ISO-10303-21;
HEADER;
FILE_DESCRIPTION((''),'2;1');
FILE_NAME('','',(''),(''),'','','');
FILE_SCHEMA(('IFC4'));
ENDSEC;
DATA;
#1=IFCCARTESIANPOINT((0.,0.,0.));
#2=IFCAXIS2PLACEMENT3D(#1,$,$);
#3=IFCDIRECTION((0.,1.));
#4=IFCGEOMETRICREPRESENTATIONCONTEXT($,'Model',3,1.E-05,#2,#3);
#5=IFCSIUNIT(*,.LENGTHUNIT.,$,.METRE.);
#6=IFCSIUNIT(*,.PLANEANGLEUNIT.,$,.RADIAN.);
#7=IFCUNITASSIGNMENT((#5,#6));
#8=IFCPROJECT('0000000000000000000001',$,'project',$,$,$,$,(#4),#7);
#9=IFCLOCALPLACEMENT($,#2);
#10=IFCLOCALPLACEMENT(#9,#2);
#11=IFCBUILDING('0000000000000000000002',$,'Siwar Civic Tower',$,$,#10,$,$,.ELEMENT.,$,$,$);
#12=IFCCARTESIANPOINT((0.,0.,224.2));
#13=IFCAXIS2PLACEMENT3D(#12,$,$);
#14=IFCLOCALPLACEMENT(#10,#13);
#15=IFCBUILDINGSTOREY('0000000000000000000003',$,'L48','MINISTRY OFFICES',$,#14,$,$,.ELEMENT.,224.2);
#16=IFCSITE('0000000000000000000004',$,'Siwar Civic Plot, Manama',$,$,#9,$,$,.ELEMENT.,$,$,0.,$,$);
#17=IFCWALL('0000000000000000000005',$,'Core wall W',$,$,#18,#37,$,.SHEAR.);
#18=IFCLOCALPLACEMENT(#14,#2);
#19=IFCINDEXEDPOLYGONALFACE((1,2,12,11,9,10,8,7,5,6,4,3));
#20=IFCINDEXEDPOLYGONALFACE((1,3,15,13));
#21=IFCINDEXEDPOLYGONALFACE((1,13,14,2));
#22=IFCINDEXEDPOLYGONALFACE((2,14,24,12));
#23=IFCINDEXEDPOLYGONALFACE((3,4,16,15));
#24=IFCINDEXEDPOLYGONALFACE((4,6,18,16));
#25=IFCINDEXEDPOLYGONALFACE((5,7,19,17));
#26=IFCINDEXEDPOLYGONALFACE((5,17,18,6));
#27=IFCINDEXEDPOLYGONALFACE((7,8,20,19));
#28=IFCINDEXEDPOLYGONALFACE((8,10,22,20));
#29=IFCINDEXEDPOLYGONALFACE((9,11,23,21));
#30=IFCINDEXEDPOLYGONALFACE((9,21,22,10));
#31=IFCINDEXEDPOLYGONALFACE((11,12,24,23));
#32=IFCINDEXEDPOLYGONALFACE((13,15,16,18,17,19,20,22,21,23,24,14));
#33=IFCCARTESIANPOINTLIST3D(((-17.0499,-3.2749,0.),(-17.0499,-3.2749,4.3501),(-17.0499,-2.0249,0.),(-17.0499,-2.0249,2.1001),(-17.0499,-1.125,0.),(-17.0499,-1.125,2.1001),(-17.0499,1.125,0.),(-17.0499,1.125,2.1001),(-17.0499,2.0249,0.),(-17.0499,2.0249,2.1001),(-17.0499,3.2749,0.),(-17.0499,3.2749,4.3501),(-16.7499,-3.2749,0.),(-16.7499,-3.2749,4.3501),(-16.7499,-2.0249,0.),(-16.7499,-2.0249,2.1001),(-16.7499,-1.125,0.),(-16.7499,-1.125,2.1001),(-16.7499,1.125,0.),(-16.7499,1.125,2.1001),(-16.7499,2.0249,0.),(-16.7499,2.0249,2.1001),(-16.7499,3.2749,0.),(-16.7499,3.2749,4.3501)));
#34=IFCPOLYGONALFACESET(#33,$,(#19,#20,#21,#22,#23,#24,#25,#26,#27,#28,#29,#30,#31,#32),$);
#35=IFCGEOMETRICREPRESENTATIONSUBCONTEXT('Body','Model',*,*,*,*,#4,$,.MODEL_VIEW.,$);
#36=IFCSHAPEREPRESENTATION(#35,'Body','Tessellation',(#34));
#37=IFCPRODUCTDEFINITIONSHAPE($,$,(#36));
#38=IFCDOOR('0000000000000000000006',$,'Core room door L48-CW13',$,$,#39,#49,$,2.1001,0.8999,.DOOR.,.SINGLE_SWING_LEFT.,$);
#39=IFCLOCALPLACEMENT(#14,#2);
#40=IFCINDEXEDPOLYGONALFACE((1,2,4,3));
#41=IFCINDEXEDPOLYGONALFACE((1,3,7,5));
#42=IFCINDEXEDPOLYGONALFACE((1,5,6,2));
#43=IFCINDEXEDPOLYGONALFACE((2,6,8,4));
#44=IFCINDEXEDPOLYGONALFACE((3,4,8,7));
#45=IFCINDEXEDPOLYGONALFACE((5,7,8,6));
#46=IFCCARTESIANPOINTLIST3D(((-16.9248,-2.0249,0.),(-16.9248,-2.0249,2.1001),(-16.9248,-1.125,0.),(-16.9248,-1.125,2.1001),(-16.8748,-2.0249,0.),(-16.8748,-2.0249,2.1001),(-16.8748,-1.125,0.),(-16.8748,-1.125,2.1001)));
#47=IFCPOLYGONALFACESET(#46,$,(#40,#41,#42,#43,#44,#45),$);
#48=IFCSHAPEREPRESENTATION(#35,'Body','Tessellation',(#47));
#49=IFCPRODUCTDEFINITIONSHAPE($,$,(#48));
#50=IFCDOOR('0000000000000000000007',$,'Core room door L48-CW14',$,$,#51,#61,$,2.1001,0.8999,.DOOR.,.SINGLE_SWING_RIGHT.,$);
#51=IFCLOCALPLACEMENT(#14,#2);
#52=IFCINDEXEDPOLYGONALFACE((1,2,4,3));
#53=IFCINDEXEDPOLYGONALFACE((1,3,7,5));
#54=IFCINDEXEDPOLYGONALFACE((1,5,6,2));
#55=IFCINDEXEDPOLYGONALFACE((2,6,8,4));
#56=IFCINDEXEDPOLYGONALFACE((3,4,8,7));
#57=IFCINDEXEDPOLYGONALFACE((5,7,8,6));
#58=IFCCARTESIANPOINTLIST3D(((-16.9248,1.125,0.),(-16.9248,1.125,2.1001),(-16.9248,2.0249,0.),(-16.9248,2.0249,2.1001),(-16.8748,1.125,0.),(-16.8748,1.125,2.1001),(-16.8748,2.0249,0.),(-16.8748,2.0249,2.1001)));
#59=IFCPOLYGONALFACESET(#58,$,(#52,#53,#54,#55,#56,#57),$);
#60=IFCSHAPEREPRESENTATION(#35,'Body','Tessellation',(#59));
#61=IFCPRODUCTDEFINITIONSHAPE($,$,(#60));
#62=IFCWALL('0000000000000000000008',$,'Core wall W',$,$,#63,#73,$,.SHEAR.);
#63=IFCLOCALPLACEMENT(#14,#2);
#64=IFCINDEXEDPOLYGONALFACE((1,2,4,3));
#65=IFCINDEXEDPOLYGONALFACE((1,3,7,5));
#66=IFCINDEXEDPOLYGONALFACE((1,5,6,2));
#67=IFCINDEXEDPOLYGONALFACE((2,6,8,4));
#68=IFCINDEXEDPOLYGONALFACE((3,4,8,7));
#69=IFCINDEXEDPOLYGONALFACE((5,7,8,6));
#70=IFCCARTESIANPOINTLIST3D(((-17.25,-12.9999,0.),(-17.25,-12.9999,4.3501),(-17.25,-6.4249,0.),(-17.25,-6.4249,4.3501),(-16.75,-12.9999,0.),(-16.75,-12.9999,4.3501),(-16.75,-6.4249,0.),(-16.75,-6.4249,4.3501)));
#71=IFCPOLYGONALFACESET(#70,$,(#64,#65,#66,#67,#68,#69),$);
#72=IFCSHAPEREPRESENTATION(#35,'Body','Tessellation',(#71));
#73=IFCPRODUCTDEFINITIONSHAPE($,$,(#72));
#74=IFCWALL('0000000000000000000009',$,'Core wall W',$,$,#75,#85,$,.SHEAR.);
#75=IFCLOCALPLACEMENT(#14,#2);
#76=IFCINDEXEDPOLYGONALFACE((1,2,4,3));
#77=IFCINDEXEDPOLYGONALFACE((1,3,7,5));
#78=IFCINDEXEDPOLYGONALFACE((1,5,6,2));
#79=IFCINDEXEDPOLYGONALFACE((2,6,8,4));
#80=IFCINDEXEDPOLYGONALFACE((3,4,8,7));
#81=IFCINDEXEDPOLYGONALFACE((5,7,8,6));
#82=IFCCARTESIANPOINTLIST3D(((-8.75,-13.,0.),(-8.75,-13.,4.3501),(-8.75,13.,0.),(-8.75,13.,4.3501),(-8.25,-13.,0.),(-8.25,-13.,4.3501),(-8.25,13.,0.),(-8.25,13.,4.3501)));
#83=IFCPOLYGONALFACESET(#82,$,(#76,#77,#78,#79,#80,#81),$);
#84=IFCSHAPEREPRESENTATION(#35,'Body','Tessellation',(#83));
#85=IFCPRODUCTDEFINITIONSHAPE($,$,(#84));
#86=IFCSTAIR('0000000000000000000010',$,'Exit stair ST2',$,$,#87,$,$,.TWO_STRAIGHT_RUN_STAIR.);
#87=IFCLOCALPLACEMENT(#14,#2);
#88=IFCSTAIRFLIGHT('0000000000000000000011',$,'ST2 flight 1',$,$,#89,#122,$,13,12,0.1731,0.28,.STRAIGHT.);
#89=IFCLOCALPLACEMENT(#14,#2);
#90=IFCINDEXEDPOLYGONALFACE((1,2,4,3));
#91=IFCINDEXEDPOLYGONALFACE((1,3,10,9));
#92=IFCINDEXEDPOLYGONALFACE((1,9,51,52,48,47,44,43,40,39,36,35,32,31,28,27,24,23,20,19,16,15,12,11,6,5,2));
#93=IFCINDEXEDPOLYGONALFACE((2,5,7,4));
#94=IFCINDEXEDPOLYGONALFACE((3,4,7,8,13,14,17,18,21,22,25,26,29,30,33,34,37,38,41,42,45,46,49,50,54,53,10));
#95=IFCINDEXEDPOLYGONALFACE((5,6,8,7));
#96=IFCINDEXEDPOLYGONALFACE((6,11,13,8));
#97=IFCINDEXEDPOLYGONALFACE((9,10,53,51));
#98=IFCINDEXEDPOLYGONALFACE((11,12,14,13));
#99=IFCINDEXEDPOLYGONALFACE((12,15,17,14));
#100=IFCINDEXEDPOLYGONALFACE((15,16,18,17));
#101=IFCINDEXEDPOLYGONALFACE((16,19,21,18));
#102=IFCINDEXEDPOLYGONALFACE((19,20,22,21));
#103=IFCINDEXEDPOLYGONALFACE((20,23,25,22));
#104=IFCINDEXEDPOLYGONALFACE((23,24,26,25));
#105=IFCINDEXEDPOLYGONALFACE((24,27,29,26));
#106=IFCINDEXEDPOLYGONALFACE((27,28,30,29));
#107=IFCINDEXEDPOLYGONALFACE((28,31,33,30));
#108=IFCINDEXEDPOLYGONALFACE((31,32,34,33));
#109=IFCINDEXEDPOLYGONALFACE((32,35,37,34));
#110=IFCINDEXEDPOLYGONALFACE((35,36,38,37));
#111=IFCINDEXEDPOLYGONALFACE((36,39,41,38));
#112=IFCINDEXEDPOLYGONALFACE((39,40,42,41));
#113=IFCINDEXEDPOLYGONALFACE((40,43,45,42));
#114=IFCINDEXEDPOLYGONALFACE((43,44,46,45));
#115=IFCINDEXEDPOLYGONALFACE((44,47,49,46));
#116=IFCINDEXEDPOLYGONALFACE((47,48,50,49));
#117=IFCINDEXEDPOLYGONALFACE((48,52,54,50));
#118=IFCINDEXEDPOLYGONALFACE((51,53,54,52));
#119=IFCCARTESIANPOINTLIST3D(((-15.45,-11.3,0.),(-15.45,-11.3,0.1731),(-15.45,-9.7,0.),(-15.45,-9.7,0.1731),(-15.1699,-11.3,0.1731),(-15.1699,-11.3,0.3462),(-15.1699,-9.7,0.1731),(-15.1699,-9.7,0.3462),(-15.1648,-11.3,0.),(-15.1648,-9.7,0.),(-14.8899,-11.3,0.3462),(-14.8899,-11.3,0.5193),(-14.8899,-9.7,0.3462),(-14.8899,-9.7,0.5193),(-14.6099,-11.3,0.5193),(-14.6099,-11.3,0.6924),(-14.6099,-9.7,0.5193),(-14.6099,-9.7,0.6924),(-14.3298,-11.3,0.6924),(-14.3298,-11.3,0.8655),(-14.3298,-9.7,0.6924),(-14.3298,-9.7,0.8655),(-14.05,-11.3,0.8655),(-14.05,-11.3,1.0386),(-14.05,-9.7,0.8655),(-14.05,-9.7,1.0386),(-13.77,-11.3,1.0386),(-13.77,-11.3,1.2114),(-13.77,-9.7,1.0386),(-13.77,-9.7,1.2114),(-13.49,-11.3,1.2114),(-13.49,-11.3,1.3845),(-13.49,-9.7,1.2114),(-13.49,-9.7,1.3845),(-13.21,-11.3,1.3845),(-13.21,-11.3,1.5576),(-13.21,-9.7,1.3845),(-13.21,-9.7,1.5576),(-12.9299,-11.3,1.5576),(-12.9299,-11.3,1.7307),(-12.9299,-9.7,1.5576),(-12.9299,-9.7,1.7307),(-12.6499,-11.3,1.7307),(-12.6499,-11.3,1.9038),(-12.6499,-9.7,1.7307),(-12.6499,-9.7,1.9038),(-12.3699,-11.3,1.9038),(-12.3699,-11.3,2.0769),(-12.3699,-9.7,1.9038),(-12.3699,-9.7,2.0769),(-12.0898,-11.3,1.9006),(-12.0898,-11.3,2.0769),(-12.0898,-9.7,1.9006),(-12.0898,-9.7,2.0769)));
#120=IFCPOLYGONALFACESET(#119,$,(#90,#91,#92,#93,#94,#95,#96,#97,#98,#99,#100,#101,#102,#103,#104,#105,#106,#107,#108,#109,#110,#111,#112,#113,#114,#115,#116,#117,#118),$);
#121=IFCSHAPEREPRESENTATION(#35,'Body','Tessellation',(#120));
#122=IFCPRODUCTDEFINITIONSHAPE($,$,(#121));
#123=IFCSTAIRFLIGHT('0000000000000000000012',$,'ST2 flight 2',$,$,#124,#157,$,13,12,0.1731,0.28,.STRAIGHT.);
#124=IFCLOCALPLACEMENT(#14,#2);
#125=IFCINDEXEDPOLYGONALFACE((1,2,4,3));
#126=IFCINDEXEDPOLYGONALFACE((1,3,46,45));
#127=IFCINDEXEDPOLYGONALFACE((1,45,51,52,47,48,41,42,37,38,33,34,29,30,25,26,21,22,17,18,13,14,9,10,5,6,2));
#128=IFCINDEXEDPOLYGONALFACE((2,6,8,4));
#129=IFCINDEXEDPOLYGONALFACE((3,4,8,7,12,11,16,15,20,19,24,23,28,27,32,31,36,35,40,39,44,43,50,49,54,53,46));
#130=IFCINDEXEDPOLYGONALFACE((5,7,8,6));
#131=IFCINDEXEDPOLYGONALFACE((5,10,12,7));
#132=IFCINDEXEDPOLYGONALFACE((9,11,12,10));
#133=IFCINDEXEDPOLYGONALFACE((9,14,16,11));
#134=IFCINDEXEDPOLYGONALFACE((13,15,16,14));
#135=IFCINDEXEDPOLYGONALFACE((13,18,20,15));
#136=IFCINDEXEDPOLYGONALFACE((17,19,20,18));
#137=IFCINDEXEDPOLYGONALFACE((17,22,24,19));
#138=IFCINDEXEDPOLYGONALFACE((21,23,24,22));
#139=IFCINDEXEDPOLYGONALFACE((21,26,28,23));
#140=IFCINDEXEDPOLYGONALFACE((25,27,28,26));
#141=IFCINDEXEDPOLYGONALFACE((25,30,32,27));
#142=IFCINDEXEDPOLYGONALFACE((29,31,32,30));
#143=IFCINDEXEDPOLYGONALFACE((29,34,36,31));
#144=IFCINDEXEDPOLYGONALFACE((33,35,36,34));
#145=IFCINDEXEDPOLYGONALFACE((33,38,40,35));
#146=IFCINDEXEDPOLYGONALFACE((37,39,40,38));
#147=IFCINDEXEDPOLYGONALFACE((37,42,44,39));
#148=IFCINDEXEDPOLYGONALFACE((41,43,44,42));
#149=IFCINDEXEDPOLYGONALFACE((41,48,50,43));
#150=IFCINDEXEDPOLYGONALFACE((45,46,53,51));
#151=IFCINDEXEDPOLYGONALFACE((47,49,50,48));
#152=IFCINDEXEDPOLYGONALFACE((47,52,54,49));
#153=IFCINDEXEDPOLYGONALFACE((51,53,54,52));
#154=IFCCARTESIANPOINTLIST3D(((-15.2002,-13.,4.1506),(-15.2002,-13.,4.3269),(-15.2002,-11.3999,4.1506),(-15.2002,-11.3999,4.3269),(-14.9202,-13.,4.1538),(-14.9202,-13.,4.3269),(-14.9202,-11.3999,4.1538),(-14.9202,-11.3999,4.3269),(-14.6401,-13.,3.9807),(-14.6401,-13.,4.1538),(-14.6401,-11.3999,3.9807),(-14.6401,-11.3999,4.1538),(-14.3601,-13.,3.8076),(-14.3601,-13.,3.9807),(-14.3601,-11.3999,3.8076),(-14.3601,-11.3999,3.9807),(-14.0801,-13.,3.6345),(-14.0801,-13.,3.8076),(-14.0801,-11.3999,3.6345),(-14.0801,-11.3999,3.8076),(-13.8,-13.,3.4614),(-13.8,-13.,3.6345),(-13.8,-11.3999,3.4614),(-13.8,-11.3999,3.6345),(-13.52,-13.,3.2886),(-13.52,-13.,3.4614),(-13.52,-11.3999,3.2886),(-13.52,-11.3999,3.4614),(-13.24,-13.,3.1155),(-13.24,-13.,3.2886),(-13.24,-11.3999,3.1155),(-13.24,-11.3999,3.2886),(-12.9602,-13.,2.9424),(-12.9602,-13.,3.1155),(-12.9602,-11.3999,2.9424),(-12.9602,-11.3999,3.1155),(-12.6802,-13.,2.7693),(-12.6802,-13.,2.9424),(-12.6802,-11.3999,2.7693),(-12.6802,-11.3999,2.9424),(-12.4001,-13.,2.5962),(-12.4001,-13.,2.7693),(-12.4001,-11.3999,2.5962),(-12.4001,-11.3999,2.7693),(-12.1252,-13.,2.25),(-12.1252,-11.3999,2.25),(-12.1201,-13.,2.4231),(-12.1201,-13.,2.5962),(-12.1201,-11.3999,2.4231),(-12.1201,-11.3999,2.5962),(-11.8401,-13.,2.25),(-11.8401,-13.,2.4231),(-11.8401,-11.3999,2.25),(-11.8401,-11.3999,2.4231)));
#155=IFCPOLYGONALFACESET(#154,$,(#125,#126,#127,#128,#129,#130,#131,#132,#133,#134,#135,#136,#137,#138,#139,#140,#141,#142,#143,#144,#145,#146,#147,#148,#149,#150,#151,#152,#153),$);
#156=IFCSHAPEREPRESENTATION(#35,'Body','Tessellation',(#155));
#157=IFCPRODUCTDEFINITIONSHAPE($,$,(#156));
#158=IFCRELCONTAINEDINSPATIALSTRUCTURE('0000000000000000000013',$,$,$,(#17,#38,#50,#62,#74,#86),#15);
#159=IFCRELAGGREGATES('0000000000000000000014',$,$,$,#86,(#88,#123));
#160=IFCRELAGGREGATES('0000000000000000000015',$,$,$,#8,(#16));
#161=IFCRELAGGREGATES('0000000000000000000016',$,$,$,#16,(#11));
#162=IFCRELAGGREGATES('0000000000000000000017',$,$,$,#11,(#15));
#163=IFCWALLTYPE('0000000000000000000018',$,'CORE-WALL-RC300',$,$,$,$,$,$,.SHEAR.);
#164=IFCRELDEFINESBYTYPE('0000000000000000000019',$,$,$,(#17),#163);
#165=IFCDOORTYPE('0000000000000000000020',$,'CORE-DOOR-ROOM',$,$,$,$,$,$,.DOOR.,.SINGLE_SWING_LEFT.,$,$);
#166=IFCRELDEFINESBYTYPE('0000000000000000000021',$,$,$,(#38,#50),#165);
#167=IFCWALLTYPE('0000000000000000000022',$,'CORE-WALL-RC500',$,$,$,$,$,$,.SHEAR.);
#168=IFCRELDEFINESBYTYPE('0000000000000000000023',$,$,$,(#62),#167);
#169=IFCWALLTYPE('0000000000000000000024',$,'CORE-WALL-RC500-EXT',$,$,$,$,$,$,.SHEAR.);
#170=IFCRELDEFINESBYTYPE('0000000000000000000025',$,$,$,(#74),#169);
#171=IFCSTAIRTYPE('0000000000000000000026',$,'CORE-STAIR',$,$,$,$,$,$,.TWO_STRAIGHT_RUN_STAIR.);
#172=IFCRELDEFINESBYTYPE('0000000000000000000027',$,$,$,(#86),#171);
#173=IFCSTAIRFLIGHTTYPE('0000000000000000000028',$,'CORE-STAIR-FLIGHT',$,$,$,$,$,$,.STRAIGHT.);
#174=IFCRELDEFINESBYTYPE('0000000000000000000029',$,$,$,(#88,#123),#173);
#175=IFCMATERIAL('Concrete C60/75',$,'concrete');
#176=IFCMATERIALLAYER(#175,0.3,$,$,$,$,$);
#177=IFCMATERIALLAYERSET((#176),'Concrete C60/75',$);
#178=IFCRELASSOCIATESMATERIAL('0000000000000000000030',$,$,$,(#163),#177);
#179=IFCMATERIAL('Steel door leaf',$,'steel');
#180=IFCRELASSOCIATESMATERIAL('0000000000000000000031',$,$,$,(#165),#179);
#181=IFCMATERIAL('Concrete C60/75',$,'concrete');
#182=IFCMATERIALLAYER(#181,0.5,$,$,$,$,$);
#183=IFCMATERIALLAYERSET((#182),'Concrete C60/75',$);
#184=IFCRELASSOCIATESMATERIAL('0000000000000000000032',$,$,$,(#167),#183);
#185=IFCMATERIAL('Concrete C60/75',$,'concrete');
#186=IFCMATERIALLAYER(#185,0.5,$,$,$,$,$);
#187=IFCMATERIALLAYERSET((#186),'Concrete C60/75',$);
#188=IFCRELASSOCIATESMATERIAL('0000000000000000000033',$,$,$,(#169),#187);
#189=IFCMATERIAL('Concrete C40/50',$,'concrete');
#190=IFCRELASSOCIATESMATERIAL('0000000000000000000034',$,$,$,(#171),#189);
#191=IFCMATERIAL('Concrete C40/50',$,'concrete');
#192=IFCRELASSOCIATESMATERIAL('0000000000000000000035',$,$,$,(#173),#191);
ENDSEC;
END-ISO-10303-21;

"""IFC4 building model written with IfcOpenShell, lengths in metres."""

from ifc_helpers import new_model, si_unit, direction, frame, frame_2d, origin, place, context, subcontext, project, spatial, polyline, rectangle, outline, extrude, material, layer, layer_set, type_object, element, fill, aggregate, save


model = new_model("IFC4")

# Units and contexts
model_context = context("Model", 3, precision=1e-05, world=origin(), true_north=direction((0.0, 1.0)))
body_context = subcontext(model_context, "Body", "Model", "MODEL_VIEW")
ifc_project = project(units=[si_unit("LENGTHUNIT", "METRE"), si_unit("PLANEANGLEUNIT", "RADIAN")], contexts=[model_context])

# Site, building, storey
site_placement = place(None, origin())
site = spatial("IfcSite", under=ifc_project, at=site_placement, Name="Siwar Civic Plot, Manama", CompositionType="ELEMENT", RefElevation=0.0)
building_placement = place(site_placement, origin())
building = spatial("IfcBuilding", under=site, at=building_placement, Name="Siwar Civic Tower", CompositionType="ELEMENT")
storey_placement = place(building_placement, frame((0.0, 0.0, 224.2)))
storey = spatial("IfcBuildingStorey", under=building, at=storey_placement, Name="L48", Description="MINISTRY OFFICES", CompositionType="ELEMENT", Elevation=224.2)

# Wall, openings, doors
ifc_material_1 = material(Name="Concrete C60/75", Category="concrete")
ifc_layer_1 = layer(ifc_material_1, 0.3)
ifc_layer_set_1 = layer_set([ifc_layer_1], Name="Concrete C60/75")
wall_type_1 = type_object("IfcWallType", Name="CORE-WALL-RC300", PredefinedType="SHEAR", material=ifc_layer_set_1)
wall_1_placement = place(storey_placement, frame((-16.8999, -3.2749, 0.0), z_axis=(0.0, 0.0, 1.0), x_axis=(0.0, 1.0, 0.0)))
wall_1 = element("IfcWall", 1, at=wall_1_placement, inside=storey, type_object=wall_type_1, Name="Core wall W", PredefinedType="SHEAR", context=body_context, shape_type="SweptSolid", body=[
    extrude(rectangle(XDim=6.5498, YDim=0.3, at=frame_2d((3.2749, 0.0))), origin(), (0.0, 0.0, 1.0), 4.3501),
])
opening_1_placement = place(wall_1_placement, frame((1.25, 0.0, 0.0)))
opening_1 = element("IfcOpeningElement", 2, at=opening_1_placement, cuts=wall_1, PredefinedType="OPENING", context=body_context, shape_type="SweptSolid", body=[
    extrude(rectangle(XDim=0.8999, YDim=2.1001, at=frame_2d((0.45, 1.05))), frame((0.0, 0.1602, 0.0), z_axis=(0.0, -1.0, 0.0), x_axis=(1.0, 0.0, 0.0)), (0.0, 0.0, 1.0), 0.3201),
])
opening_2_placement = place(wall_1_placement, frame((4.3999, 0.0, 0.0)))
opening_2 = element("IfcOpeningElement", 3, at=opening_2_placement, cuts=wall_1, PredefinedType="OPENING", context=body_context, shape_type="SweptSolid", body=[
    extrude(rectangle(XDim=0.8999, YDim=2.1001, at=frame_2d((0.45, 1.05))), frame((0.0, 0.1602, 0.0), z_axis=(0.0, -1.0, 0.0), x_axis=(1.0, 0.0, 0.0)), (0.0, 0.0, 1.0), 0.3201),
])
ifc_material_2 = material(Name="Steel door leaf", Category="steel")
door_type_1 = type_object("IfcDoorType", Name="CORE-DOOR-ROOM", OperationType="SINGLE_SWING_LEFT", PredefinedType="DOOR", material=ifc_material_2)
door_1_placement = place(opening_1_placement, origin())
door_1 = element("IfcDoor", 4, at=door_1_placement, inside=storey, type_object=door_type_1, Name="Core room door L48-CW13", OperationType="SINGLE_SWING_LEFT", OverallHeight=2.1001, OverallWidth=0.8999, PredefinedType="DOOR", context=body_context, shape_type="SweptSolid", body=[
    extrude(rectangle(XDim=0.8999, YDim=2.1001, at=frame_2d((0.45, 1.05))), frame((0.0, 0.0249, 0.0), z_axis=(0.0, -1.0, 0.0), x_axis=(1.0, 0.0, 0.0)), (0.0, 0.0, 1.0), 0.05),
])
fill(opening_1, door_1)
door_2_placement = place(opening_2_placement, origin())
door_2 = element("IfcDoor", 5, at=door_2_placement, inside=storey, type_object=door_type_1, Name="Core room door L48-CW14", OperationType="SINGLE_SWING_RIGHT", OverallHeight=2.1001, OverallWidth=0.8999, PredefinedType="DOOR", context=body_context, shape_type="SweptSolid", body=[
    extrude(rectangle(XDim=0.8999, YDim=2.1001, at=frame_2d((0.45, 1.05))), frame((0.0, 0.0249, 0.0), z_axis=(0.0, -1.0, 0.0), x_axis=(1.0, 0.0, 0.0)), (0.0, 0.0, 1.0), 0.05),
])
fill(opening_2, door_2)

# Walls
ifc_material_3 = material(Name="Concrete C60/75", Category="concrete")
ifc_layer_2 = layer(ifc_material_3, 0.5)
ifc_layer_set_2 = layer_set([ifc_layer_2], Name="Concrete C60/75")
wall_type_2 = type_object("IfcWallType", Name="CORE-WALL-RC500", PredefinedType="SHEAR", material=ifc_layer_set_2)
wall_2_placement = place(storey_placement, frame((-17.0, -13.0, 0.0), z_axis=(0.0, 0.0, 1.0), x_axis=(0.0, 1.0, 0.0)))
element("IfcWall", 6, at=wall_2_placement, inside=storey, type_object=wall_type_2, Name="Core wall W", PredefinedType="SHEAR", context=body_context, shape_type="SweptSolid", body=[
    extrude(rectangle(XDim=6.575, YDim=0.5, at=frame_2d((3.2876, 0.0))), origin(), (0.0, 0.0, 1.0), 4.3501),
])
ifc_material_4 = material(Name="Concrete C60/75", Category="concrete")
ifc_layer_3 = layer(ifc_material_4, 0.5)
ifc_layer_set_3 = layer_set([ifc_layer_3], Name="Concrete C60/75")
wall_type_3 = type_object("IfcWallType", Name="CORE-WALL-RC500-EXT", PredefinedType="SHEAR", material=ifc_layer_set_3)
wall_3_placement = place(storey_placement, frame((-8.5, -13.0, 0.0), z_axis=(0.0, 0.0, 1.0), x_axis=(0.0, 1.0, 0.0)))
element("IfcWall", 7, at=wall_3_placement, inside=storey, type_object=wall_type_3, Name="Core wall W", PredefinedType="SHEAR", context=body_context, shape_type="SweptSolid", body=[
    extrude(rectangle(XDim=26.0, YDim=0.5, at=frame_2d((13.0, 0.0))), origin(), (0.0, 0.0, 1.0), 4.3501),
])

# Stair, stair flights
ifc_material_5 = material(Name="Concrete C40/50", Category="concrete")
stair_type = type_object("IfcStairType", Name="CORE-STAIR", PredefinedType="TWO_STRAIGHT_RUN_STAIR", material=ifc_material_5)
stair_placement = place(storey_placement, origin())
stair = element("IfcStair", 8, at=stair_placement, inside=storey, type_object=stair_type, Name="Exit stair ST2", PredefinedType="TWO_STRAIGHT_RUN_STAIR")
ifc_material_6 = material(Name="Concrete C40/50", Category="concrete")
stair_flight_type = type_object("IfcStairFlightType", Name="CORE-STAIR-FLIGHT", PredefinedType="STRAIGHT", material=ifc_material_6)
stair_flight_1_placement = place(storey_placement, frame((-15.45, -10.5, 0.0), z_axis=(0.0, 0.0, 1.0), x_axis=(1.0, 0.0, 0.0)))
stair_flight_1 = element("IfcStairFlight", 9, at=stair_flight_1_placement, type_object=stair_flight_type, Name="ST2 flight 1", NumberOfRisers=13, NumberOfTreads=12, PredefinedType="STRAIGHT", RiserHeight=0.1731, TreadLength=0.28, context=body_context, shape_type="SweptSolid", body=[
    extrude(outline(polyline([(0.0, 0.0), (0.0, 0.1731), (0.28, 0.1731), (0.28, 0.3462), (0.5601, 0.3462), (0.5601, 0.5193), (0.8401, 0.5193), (0.8401, 0.6924), (1.1201, 0.6924), (1.1201, 0.8655), (1.3999, 0.8655), (1.3999, 1.0386), (1.6799, 1.0386), (1.6799, 1.2114), (1.96, 1.2114), (1.96, 1.3845), (2.24, 1.3845), (2.24, 1.5576), (2.52, 1.5576), (2.52, 1.7307), (2.8, 1.7307), (2.8, 1.9038), (3.0801, 1.9038), (3.0801, 2.0769), (3.3601, 2.0769), (3.3601, 2.25), (3.3601, 1.9006), (0.2852, 0.0), (0.0, 0.0)])), frame((0.0, 0.8, 0.0), z_axis=(0.0, -1.0, 0.0), x_axis=(1.0, 0.0, 0.0)), (0.0, 0.0, 1.0), 1.6001),
])
stair_flight_2_placement = place(storey_placement, frame((-11.8401, -12.2, 2.25), z_axis=(0.0, 0.0, 1.0), x_axis=(-1.0, 0.0, 0.0)))
stair_flight_2 = element("IfcStairFlight", 10, at=stair_flight_2_placement, type_object=stair_flight_type, Name="ST2 flight 2", NumberOfRisers=13, NumberOfTreads=12, PredefinedType="STRAIGHT", RiserHeight=0.1731, TreadLength=0.28, context=body_context, shape_type="SweptSolid", body=[
    extrude(outline(polyline([(0.0, 0.0), (0.0, 0.1731), (0.28, 0.1731), (0.28, 0.3462), (0.5601, 0.3462), (0.5601, 0.5193), (0.8401, 0.5193), (0.8401, 0.6924), (1.1201, 0.6924), (1.1201, 0.8655), (1.3999, 0.8655), (1.3999, 1.0386), (1.6799, 1.0386), (1.6799, 1.2114), (1.96, 1.2114), (1.96, 1.3845), (2.24, 1.3845), (2.24, 1.5576), (2.52, 1.5576), (2.52, 1.7307), (2.8, 1.7307), (2.8, 1.9038), (3.0801, 1.9038), (3.0801, 2.0769), (3.3601, 2.0769), (3.3601, 2.25), (3.3601, 1.9006), (0.2852, 0.0), (0.0, 0.0)])), frame((0.0, 0.8, 0.0), z_axis=(0.0, -1.0, 0.0), x_axis=(1.0, 0.0, 0.0)), (0.0, 0.0, 1.0), 1.6001),
])
aggregate(stair, [stair_flight_1, stair_flight_2])

save(model, "model.ifc")
